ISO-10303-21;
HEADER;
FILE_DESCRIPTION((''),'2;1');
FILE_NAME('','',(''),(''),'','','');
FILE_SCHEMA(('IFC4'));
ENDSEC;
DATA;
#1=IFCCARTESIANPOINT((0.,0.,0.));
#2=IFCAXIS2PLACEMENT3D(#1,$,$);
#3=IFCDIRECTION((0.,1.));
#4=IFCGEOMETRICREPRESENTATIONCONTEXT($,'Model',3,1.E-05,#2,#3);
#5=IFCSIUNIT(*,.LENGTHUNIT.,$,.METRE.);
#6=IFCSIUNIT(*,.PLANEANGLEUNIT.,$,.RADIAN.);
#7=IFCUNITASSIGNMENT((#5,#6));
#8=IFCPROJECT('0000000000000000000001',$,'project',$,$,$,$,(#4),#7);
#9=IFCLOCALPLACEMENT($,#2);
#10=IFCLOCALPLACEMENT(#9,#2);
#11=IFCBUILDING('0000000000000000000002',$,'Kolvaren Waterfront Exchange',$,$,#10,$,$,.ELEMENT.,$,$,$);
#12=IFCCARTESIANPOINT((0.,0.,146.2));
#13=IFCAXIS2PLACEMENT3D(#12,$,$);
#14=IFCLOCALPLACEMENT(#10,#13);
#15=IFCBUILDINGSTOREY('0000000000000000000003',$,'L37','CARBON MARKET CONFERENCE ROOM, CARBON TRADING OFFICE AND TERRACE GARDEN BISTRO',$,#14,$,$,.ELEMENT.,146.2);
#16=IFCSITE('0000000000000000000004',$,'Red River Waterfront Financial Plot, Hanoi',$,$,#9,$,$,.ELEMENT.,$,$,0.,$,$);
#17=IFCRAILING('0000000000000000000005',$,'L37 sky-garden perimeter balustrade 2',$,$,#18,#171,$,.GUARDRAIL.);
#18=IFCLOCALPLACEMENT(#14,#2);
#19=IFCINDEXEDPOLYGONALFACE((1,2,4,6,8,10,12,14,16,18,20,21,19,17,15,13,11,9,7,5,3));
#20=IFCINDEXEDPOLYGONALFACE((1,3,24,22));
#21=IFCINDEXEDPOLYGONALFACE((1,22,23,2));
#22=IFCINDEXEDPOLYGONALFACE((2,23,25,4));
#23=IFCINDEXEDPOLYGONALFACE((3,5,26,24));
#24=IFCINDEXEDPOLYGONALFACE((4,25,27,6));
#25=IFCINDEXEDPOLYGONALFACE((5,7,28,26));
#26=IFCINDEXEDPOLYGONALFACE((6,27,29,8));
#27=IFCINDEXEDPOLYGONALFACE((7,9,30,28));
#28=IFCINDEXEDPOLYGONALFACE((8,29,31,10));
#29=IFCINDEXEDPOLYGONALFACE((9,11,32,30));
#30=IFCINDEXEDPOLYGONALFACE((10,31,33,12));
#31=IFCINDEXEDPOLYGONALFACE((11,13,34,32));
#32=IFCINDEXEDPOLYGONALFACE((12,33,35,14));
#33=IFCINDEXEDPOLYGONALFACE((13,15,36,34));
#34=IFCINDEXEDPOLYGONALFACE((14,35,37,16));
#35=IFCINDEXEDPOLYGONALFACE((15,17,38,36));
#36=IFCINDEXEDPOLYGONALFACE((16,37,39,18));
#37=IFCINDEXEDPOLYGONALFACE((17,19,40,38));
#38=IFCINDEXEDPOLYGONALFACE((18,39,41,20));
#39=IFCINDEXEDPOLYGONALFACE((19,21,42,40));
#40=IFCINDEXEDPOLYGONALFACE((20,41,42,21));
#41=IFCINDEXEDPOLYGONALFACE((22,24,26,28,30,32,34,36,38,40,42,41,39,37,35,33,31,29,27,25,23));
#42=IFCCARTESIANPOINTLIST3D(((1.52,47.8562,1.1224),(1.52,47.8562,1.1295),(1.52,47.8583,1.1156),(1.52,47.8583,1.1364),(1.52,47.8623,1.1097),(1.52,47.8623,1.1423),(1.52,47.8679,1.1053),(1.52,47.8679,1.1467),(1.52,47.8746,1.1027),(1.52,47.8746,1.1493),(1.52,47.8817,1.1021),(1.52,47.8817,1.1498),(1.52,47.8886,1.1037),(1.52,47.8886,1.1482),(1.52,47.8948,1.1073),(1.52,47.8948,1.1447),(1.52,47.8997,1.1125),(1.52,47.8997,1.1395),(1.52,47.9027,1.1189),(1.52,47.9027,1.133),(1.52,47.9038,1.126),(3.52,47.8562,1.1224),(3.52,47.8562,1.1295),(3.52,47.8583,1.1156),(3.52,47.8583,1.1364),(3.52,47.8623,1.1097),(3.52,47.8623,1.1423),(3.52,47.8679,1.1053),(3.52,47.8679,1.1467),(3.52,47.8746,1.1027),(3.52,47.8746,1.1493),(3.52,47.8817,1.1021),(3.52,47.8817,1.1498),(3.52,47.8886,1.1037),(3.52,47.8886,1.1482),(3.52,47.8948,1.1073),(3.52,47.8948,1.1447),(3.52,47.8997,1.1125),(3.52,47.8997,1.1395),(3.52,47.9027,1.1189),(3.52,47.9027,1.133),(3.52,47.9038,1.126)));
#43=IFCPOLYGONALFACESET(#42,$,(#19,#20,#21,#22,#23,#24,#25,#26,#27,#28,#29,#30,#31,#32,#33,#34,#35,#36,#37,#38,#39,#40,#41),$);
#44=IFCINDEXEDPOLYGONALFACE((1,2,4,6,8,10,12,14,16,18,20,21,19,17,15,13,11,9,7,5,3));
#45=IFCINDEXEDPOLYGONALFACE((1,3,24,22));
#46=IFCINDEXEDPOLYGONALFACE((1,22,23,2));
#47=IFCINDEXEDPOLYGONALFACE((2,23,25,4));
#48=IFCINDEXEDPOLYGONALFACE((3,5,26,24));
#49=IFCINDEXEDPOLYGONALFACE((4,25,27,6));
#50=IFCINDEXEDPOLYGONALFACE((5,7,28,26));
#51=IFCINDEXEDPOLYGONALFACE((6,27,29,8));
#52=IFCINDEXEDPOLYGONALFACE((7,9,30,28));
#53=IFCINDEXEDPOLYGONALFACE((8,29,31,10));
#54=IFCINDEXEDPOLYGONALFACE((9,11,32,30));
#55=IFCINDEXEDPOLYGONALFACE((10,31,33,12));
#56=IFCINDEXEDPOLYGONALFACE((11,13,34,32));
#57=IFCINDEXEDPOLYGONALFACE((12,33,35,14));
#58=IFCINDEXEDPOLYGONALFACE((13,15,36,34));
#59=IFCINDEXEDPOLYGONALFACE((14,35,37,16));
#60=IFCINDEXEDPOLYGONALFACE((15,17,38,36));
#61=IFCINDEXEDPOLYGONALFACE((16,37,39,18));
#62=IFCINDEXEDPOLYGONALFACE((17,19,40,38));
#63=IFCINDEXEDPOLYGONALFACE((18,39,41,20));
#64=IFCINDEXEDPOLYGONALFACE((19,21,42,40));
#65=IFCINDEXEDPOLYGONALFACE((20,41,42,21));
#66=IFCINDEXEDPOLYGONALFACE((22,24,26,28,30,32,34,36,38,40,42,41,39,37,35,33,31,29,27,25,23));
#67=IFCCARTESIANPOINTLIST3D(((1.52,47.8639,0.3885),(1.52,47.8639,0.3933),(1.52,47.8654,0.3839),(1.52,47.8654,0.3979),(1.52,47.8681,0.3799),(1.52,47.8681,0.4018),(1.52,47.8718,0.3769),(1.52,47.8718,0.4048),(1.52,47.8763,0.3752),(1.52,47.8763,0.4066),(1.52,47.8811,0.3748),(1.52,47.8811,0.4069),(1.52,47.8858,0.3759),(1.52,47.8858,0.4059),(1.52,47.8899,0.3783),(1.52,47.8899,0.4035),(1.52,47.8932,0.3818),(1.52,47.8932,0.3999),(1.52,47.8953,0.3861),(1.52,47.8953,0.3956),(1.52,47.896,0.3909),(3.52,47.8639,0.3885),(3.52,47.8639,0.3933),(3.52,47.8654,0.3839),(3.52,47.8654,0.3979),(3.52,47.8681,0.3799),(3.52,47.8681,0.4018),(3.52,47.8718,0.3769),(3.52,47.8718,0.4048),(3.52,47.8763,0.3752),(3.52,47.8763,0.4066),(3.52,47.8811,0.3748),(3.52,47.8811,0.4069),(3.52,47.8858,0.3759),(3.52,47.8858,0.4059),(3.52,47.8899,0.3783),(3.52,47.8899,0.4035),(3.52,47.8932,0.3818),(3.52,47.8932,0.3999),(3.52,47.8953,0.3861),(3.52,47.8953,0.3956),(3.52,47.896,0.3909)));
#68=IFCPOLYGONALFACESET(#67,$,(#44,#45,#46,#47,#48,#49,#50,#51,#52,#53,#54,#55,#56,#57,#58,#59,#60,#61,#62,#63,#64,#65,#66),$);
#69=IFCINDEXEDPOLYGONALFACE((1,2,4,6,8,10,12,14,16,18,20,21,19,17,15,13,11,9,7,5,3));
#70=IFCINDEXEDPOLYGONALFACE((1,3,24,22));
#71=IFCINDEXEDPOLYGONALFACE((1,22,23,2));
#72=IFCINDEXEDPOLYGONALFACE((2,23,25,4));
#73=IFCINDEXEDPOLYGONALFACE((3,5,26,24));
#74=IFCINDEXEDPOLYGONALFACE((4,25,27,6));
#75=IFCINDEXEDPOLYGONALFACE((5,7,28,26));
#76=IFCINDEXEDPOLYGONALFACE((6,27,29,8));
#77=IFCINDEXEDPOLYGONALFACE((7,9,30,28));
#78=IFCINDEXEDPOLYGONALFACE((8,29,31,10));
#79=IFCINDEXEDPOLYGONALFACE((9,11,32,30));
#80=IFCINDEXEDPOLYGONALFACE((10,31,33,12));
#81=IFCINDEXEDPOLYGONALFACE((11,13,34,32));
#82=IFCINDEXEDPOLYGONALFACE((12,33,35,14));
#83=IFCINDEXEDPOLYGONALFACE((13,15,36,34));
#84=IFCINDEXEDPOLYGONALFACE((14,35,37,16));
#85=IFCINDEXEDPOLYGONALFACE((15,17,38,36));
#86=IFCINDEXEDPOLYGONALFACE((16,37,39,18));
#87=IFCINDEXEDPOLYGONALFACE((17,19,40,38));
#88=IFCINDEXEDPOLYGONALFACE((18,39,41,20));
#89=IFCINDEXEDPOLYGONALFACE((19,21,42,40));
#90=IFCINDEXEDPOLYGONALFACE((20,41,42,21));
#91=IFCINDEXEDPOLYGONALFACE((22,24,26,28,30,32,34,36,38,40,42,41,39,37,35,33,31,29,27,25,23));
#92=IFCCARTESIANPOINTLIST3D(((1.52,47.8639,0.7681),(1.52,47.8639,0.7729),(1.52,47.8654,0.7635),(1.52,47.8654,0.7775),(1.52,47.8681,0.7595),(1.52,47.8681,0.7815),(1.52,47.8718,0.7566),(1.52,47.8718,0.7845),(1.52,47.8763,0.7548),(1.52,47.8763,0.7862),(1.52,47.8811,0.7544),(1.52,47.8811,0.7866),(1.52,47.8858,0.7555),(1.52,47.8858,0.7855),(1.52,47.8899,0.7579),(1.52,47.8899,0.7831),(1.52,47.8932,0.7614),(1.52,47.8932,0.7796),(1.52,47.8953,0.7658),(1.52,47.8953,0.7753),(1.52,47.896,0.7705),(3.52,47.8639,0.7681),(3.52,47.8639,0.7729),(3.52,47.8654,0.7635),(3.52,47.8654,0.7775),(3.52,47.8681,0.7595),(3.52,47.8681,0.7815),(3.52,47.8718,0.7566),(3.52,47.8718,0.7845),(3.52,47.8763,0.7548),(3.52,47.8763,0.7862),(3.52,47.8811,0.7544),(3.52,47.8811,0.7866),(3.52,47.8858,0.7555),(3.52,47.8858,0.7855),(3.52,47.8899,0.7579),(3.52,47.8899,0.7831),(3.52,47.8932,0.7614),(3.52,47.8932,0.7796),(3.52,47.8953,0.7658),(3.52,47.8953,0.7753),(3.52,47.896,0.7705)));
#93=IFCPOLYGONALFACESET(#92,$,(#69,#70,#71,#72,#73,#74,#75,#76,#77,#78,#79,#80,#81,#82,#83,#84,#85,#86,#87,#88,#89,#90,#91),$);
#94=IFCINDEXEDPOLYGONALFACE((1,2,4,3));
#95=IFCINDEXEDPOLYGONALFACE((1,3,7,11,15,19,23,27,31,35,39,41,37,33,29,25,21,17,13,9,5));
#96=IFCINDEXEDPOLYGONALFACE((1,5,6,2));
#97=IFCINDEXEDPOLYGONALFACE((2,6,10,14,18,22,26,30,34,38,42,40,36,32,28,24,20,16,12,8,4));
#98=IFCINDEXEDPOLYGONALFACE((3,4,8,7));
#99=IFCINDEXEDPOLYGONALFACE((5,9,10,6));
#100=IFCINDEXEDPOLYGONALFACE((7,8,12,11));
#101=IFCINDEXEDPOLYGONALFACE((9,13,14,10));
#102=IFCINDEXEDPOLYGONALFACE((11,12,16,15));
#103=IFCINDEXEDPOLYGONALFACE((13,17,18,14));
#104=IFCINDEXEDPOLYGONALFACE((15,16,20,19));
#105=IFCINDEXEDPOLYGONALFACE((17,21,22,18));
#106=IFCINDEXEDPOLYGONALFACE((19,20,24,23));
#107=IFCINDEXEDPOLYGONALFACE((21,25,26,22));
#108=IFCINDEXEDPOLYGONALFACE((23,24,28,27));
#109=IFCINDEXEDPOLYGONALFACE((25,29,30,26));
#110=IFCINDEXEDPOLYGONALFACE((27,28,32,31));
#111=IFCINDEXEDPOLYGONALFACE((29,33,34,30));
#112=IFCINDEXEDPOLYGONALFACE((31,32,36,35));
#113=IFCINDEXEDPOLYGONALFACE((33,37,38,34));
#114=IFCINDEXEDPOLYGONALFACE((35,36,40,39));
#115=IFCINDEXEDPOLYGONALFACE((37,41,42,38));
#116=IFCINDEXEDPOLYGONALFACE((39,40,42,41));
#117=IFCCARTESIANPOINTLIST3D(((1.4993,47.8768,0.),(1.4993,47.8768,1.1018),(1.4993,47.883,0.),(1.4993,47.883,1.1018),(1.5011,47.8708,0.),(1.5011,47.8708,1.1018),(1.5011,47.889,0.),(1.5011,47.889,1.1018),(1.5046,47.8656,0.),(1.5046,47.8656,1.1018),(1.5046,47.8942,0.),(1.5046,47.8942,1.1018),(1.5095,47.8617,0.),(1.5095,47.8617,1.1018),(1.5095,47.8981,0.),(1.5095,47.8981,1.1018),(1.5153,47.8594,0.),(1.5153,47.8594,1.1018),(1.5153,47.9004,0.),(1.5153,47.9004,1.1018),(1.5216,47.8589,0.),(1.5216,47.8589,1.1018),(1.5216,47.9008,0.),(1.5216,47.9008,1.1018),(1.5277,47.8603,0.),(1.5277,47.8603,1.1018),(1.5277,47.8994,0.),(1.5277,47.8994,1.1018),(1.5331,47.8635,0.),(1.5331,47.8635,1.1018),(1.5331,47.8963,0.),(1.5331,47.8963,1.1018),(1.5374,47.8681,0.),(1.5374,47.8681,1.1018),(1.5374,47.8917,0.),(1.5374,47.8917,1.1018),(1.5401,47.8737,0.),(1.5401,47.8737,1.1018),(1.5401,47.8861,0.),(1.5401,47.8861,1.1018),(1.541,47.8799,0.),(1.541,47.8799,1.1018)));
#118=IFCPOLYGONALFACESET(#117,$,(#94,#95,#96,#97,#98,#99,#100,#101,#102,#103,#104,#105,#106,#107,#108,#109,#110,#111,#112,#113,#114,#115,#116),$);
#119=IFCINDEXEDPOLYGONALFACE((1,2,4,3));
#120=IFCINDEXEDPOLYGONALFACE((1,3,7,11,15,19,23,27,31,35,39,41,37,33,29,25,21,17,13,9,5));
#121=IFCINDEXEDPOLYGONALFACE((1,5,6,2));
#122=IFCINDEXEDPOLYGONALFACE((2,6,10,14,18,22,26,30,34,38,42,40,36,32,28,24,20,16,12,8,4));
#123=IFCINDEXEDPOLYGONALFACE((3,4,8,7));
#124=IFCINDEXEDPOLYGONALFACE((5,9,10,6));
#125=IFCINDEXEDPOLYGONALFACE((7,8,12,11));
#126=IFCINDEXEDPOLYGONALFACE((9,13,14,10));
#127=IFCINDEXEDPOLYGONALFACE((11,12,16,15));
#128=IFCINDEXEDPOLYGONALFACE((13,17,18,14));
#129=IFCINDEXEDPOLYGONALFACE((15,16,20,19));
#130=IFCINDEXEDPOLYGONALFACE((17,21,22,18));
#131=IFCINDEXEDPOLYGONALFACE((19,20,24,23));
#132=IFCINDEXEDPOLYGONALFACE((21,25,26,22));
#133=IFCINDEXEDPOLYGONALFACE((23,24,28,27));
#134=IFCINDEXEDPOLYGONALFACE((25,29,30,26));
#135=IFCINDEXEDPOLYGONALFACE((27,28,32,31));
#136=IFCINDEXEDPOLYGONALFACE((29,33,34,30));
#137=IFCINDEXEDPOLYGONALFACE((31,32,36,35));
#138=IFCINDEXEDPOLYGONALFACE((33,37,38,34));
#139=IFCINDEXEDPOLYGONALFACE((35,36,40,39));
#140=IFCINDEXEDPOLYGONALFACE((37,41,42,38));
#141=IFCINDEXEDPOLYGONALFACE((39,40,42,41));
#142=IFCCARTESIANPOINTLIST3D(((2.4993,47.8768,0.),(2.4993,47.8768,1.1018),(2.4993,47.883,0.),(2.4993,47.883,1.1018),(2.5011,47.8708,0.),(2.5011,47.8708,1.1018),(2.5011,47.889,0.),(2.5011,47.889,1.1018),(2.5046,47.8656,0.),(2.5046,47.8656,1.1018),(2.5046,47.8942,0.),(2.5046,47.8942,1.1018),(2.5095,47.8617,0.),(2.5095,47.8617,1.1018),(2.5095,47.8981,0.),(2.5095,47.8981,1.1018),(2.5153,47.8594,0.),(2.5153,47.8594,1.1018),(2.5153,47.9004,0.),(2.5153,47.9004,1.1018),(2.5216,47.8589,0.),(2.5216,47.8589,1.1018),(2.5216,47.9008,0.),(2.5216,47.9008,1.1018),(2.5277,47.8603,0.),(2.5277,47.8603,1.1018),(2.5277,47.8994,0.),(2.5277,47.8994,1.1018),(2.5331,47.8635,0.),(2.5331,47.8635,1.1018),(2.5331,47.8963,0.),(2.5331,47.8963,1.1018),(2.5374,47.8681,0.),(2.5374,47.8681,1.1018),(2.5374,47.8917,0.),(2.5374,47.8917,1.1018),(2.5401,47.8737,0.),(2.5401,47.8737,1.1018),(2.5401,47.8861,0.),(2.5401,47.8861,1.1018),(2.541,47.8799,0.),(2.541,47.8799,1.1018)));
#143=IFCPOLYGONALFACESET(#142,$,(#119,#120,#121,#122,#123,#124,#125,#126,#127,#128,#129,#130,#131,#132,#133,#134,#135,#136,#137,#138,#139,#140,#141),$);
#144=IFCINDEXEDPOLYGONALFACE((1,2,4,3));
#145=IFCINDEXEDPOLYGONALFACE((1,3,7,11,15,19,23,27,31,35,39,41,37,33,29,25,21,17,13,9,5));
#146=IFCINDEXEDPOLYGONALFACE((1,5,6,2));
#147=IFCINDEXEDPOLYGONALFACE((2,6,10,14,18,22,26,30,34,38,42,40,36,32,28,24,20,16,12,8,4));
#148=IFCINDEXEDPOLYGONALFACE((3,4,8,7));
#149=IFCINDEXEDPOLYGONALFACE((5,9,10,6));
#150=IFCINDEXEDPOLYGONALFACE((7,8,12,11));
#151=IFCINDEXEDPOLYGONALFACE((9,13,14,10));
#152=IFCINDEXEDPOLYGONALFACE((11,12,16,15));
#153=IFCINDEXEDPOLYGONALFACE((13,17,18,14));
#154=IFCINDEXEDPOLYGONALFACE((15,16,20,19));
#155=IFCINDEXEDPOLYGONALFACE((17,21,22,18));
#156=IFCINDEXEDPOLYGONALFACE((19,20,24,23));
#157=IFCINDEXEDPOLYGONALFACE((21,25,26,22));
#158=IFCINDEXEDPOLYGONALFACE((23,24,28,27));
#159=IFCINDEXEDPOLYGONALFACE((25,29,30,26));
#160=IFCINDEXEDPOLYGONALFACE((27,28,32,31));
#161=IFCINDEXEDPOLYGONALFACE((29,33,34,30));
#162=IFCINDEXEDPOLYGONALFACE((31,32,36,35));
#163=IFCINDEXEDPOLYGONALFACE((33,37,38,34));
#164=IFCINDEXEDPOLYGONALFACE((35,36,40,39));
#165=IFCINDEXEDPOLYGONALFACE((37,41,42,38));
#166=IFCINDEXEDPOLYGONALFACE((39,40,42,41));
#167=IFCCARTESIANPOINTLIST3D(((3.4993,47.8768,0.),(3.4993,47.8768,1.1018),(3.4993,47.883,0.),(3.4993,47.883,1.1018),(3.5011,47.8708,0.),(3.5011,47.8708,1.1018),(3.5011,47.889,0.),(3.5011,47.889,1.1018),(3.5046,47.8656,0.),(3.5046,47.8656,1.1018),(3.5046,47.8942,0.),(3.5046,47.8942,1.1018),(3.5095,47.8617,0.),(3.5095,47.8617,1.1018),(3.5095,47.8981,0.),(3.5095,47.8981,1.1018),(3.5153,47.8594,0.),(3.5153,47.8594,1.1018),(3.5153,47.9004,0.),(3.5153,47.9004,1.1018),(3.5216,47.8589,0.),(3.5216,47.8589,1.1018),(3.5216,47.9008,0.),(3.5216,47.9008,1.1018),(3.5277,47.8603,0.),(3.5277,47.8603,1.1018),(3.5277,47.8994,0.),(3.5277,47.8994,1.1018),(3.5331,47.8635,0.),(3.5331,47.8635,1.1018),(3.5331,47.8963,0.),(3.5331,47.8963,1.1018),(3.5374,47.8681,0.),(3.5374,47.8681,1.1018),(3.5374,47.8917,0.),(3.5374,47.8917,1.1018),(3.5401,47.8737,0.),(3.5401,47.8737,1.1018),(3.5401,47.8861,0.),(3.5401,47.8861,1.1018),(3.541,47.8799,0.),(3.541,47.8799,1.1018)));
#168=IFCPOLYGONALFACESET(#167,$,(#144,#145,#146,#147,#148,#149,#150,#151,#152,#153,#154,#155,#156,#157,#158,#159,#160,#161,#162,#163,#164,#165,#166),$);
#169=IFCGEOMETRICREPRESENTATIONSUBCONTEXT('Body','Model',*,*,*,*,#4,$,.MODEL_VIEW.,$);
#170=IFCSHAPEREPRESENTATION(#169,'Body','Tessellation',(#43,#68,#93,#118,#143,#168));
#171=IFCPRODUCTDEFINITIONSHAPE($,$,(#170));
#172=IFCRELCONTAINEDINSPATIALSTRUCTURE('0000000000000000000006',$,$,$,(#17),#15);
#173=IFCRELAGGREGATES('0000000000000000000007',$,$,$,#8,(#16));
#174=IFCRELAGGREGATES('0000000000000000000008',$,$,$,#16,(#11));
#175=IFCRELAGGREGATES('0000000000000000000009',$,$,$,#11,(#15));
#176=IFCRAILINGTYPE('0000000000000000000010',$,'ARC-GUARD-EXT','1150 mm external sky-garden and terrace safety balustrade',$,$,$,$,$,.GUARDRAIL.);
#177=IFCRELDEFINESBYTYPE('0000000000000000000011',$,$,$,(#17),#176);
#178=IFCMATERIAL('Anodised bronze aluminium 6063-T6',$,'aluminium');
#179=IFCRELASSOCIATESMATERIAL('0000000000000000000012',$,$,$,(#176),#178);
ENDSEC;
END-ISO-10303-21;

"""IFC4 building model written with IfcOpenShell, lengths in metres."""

from ifc_helpers import new_model, si_unit, direction, frame, origin, origin_2d, place, context, subcontext, project, spatial, circle, extrude, material, type_object, element, save


model = new_model("IFC4")

# Units and contexts
model_context = context("Model", 3, precision=1e-05, world=origin(), true_north=direction((0.0, 1.0)))
body_context = subcontext(model_context, "Body", "Model", "MODEL_VIEW")
ifc_project = project(units=[si_unit("LENGTHUNIT", "METRE"), si_unit("PLANEANGLEUNIT", "RADIAN")], contexts=[model_context])

# Site, building, storey
site_placement = place(None, origin())
site = spatial("IfcSite", under=ifc_project, at=site_placement, Name="Red River Waterfront Financial Plot, Hanoi", CompositionType="ELEMENT", RefElevation=0.0)
building_placement = place(site_placement, origin())
building = spatial("IfcBuilding", under=site, at=building_placement, Name="Kolvaren Waterfront Exchange", CompositionType="ELEMENT")
storey_placement = place(building_placement, frame((0.0, 0.0, 146.2)))
storey = spatial("IfcBuildingStorey", under=building, at=storey_placement, Name="L37", Description="CARBON MARKET CONFERENCE ROOM, CARBON TRADING OFFICE AND TERRACE GARDEN BISTRO", CompositionType="ELEMENT", Elevation=146.2)

# Railing
ifc_material_1 = material(Name="Anodised bronze aluminium 6063-T6", Category="aluminium")
railing_type = type_object("IfcRailingType", Name="ARC-GUARD-EXT", Description="1150 mm external sky-garden and terrace safety balustrade", PredefinedType="GUARDRAIL", material=ifc_material_1)
railing_1_placement = place(storey_placement, frame((1.52, 47.8799, 0.0)))
element("IfcRailing", 1, at=railing_1_placement, inside=storey, type_object=railing_type, Name="L37 sky-garden perimeter balustrade 2", PredefinedType="GUARDRAIL", context=body_context, shape_type="SweptSolid", body=[
    extrude(circle(Radius=0.0239, at=origin_2d()), frame((0.0, 0.0, 1.126), z_axis=(1.0, 0.0, 0.0), x_axis=(0.0, 1.0, 0.0)), (0.0, 0.0, 1.0), 2.0),
    extrude(circle(Radius=0.0161, at=origin_2d()), frame((0.0, 0.0, 0.3909), z_axis=(1.0, 0.0, 0.0), x_axis=(0.0, 1.0, 0.0)), (0.0, 0.0, 1.0), 2.0),
    extrude(circle(Radius=0.0161, at=origin_2d()), frame((0.0, 0.0, 0.7705), z_axis=(1.0, 0.0, 0.0), x_axis=(0.0, 1.0, 0.0)), (0.0, 0.0, 1.0), 2.0),
    extrude(circle(Radius=0.021, at=origin_2d()), origin(), (0.0, 0.0, 1.0), 1.1018),
    extrude(circle(Radius=0.021, at=origin_2d()), frame((1.0, 0.0, 0.0)), (0.0, 0.0, 1.0), 1.1018),
    extrude(circle(Radius=0.021, at=origin_2d()), frame((2.0, 0.0, 0.0)), (0.0, 0.0, 1.0), 1.1018),
])

save(model, "model.ifc")
